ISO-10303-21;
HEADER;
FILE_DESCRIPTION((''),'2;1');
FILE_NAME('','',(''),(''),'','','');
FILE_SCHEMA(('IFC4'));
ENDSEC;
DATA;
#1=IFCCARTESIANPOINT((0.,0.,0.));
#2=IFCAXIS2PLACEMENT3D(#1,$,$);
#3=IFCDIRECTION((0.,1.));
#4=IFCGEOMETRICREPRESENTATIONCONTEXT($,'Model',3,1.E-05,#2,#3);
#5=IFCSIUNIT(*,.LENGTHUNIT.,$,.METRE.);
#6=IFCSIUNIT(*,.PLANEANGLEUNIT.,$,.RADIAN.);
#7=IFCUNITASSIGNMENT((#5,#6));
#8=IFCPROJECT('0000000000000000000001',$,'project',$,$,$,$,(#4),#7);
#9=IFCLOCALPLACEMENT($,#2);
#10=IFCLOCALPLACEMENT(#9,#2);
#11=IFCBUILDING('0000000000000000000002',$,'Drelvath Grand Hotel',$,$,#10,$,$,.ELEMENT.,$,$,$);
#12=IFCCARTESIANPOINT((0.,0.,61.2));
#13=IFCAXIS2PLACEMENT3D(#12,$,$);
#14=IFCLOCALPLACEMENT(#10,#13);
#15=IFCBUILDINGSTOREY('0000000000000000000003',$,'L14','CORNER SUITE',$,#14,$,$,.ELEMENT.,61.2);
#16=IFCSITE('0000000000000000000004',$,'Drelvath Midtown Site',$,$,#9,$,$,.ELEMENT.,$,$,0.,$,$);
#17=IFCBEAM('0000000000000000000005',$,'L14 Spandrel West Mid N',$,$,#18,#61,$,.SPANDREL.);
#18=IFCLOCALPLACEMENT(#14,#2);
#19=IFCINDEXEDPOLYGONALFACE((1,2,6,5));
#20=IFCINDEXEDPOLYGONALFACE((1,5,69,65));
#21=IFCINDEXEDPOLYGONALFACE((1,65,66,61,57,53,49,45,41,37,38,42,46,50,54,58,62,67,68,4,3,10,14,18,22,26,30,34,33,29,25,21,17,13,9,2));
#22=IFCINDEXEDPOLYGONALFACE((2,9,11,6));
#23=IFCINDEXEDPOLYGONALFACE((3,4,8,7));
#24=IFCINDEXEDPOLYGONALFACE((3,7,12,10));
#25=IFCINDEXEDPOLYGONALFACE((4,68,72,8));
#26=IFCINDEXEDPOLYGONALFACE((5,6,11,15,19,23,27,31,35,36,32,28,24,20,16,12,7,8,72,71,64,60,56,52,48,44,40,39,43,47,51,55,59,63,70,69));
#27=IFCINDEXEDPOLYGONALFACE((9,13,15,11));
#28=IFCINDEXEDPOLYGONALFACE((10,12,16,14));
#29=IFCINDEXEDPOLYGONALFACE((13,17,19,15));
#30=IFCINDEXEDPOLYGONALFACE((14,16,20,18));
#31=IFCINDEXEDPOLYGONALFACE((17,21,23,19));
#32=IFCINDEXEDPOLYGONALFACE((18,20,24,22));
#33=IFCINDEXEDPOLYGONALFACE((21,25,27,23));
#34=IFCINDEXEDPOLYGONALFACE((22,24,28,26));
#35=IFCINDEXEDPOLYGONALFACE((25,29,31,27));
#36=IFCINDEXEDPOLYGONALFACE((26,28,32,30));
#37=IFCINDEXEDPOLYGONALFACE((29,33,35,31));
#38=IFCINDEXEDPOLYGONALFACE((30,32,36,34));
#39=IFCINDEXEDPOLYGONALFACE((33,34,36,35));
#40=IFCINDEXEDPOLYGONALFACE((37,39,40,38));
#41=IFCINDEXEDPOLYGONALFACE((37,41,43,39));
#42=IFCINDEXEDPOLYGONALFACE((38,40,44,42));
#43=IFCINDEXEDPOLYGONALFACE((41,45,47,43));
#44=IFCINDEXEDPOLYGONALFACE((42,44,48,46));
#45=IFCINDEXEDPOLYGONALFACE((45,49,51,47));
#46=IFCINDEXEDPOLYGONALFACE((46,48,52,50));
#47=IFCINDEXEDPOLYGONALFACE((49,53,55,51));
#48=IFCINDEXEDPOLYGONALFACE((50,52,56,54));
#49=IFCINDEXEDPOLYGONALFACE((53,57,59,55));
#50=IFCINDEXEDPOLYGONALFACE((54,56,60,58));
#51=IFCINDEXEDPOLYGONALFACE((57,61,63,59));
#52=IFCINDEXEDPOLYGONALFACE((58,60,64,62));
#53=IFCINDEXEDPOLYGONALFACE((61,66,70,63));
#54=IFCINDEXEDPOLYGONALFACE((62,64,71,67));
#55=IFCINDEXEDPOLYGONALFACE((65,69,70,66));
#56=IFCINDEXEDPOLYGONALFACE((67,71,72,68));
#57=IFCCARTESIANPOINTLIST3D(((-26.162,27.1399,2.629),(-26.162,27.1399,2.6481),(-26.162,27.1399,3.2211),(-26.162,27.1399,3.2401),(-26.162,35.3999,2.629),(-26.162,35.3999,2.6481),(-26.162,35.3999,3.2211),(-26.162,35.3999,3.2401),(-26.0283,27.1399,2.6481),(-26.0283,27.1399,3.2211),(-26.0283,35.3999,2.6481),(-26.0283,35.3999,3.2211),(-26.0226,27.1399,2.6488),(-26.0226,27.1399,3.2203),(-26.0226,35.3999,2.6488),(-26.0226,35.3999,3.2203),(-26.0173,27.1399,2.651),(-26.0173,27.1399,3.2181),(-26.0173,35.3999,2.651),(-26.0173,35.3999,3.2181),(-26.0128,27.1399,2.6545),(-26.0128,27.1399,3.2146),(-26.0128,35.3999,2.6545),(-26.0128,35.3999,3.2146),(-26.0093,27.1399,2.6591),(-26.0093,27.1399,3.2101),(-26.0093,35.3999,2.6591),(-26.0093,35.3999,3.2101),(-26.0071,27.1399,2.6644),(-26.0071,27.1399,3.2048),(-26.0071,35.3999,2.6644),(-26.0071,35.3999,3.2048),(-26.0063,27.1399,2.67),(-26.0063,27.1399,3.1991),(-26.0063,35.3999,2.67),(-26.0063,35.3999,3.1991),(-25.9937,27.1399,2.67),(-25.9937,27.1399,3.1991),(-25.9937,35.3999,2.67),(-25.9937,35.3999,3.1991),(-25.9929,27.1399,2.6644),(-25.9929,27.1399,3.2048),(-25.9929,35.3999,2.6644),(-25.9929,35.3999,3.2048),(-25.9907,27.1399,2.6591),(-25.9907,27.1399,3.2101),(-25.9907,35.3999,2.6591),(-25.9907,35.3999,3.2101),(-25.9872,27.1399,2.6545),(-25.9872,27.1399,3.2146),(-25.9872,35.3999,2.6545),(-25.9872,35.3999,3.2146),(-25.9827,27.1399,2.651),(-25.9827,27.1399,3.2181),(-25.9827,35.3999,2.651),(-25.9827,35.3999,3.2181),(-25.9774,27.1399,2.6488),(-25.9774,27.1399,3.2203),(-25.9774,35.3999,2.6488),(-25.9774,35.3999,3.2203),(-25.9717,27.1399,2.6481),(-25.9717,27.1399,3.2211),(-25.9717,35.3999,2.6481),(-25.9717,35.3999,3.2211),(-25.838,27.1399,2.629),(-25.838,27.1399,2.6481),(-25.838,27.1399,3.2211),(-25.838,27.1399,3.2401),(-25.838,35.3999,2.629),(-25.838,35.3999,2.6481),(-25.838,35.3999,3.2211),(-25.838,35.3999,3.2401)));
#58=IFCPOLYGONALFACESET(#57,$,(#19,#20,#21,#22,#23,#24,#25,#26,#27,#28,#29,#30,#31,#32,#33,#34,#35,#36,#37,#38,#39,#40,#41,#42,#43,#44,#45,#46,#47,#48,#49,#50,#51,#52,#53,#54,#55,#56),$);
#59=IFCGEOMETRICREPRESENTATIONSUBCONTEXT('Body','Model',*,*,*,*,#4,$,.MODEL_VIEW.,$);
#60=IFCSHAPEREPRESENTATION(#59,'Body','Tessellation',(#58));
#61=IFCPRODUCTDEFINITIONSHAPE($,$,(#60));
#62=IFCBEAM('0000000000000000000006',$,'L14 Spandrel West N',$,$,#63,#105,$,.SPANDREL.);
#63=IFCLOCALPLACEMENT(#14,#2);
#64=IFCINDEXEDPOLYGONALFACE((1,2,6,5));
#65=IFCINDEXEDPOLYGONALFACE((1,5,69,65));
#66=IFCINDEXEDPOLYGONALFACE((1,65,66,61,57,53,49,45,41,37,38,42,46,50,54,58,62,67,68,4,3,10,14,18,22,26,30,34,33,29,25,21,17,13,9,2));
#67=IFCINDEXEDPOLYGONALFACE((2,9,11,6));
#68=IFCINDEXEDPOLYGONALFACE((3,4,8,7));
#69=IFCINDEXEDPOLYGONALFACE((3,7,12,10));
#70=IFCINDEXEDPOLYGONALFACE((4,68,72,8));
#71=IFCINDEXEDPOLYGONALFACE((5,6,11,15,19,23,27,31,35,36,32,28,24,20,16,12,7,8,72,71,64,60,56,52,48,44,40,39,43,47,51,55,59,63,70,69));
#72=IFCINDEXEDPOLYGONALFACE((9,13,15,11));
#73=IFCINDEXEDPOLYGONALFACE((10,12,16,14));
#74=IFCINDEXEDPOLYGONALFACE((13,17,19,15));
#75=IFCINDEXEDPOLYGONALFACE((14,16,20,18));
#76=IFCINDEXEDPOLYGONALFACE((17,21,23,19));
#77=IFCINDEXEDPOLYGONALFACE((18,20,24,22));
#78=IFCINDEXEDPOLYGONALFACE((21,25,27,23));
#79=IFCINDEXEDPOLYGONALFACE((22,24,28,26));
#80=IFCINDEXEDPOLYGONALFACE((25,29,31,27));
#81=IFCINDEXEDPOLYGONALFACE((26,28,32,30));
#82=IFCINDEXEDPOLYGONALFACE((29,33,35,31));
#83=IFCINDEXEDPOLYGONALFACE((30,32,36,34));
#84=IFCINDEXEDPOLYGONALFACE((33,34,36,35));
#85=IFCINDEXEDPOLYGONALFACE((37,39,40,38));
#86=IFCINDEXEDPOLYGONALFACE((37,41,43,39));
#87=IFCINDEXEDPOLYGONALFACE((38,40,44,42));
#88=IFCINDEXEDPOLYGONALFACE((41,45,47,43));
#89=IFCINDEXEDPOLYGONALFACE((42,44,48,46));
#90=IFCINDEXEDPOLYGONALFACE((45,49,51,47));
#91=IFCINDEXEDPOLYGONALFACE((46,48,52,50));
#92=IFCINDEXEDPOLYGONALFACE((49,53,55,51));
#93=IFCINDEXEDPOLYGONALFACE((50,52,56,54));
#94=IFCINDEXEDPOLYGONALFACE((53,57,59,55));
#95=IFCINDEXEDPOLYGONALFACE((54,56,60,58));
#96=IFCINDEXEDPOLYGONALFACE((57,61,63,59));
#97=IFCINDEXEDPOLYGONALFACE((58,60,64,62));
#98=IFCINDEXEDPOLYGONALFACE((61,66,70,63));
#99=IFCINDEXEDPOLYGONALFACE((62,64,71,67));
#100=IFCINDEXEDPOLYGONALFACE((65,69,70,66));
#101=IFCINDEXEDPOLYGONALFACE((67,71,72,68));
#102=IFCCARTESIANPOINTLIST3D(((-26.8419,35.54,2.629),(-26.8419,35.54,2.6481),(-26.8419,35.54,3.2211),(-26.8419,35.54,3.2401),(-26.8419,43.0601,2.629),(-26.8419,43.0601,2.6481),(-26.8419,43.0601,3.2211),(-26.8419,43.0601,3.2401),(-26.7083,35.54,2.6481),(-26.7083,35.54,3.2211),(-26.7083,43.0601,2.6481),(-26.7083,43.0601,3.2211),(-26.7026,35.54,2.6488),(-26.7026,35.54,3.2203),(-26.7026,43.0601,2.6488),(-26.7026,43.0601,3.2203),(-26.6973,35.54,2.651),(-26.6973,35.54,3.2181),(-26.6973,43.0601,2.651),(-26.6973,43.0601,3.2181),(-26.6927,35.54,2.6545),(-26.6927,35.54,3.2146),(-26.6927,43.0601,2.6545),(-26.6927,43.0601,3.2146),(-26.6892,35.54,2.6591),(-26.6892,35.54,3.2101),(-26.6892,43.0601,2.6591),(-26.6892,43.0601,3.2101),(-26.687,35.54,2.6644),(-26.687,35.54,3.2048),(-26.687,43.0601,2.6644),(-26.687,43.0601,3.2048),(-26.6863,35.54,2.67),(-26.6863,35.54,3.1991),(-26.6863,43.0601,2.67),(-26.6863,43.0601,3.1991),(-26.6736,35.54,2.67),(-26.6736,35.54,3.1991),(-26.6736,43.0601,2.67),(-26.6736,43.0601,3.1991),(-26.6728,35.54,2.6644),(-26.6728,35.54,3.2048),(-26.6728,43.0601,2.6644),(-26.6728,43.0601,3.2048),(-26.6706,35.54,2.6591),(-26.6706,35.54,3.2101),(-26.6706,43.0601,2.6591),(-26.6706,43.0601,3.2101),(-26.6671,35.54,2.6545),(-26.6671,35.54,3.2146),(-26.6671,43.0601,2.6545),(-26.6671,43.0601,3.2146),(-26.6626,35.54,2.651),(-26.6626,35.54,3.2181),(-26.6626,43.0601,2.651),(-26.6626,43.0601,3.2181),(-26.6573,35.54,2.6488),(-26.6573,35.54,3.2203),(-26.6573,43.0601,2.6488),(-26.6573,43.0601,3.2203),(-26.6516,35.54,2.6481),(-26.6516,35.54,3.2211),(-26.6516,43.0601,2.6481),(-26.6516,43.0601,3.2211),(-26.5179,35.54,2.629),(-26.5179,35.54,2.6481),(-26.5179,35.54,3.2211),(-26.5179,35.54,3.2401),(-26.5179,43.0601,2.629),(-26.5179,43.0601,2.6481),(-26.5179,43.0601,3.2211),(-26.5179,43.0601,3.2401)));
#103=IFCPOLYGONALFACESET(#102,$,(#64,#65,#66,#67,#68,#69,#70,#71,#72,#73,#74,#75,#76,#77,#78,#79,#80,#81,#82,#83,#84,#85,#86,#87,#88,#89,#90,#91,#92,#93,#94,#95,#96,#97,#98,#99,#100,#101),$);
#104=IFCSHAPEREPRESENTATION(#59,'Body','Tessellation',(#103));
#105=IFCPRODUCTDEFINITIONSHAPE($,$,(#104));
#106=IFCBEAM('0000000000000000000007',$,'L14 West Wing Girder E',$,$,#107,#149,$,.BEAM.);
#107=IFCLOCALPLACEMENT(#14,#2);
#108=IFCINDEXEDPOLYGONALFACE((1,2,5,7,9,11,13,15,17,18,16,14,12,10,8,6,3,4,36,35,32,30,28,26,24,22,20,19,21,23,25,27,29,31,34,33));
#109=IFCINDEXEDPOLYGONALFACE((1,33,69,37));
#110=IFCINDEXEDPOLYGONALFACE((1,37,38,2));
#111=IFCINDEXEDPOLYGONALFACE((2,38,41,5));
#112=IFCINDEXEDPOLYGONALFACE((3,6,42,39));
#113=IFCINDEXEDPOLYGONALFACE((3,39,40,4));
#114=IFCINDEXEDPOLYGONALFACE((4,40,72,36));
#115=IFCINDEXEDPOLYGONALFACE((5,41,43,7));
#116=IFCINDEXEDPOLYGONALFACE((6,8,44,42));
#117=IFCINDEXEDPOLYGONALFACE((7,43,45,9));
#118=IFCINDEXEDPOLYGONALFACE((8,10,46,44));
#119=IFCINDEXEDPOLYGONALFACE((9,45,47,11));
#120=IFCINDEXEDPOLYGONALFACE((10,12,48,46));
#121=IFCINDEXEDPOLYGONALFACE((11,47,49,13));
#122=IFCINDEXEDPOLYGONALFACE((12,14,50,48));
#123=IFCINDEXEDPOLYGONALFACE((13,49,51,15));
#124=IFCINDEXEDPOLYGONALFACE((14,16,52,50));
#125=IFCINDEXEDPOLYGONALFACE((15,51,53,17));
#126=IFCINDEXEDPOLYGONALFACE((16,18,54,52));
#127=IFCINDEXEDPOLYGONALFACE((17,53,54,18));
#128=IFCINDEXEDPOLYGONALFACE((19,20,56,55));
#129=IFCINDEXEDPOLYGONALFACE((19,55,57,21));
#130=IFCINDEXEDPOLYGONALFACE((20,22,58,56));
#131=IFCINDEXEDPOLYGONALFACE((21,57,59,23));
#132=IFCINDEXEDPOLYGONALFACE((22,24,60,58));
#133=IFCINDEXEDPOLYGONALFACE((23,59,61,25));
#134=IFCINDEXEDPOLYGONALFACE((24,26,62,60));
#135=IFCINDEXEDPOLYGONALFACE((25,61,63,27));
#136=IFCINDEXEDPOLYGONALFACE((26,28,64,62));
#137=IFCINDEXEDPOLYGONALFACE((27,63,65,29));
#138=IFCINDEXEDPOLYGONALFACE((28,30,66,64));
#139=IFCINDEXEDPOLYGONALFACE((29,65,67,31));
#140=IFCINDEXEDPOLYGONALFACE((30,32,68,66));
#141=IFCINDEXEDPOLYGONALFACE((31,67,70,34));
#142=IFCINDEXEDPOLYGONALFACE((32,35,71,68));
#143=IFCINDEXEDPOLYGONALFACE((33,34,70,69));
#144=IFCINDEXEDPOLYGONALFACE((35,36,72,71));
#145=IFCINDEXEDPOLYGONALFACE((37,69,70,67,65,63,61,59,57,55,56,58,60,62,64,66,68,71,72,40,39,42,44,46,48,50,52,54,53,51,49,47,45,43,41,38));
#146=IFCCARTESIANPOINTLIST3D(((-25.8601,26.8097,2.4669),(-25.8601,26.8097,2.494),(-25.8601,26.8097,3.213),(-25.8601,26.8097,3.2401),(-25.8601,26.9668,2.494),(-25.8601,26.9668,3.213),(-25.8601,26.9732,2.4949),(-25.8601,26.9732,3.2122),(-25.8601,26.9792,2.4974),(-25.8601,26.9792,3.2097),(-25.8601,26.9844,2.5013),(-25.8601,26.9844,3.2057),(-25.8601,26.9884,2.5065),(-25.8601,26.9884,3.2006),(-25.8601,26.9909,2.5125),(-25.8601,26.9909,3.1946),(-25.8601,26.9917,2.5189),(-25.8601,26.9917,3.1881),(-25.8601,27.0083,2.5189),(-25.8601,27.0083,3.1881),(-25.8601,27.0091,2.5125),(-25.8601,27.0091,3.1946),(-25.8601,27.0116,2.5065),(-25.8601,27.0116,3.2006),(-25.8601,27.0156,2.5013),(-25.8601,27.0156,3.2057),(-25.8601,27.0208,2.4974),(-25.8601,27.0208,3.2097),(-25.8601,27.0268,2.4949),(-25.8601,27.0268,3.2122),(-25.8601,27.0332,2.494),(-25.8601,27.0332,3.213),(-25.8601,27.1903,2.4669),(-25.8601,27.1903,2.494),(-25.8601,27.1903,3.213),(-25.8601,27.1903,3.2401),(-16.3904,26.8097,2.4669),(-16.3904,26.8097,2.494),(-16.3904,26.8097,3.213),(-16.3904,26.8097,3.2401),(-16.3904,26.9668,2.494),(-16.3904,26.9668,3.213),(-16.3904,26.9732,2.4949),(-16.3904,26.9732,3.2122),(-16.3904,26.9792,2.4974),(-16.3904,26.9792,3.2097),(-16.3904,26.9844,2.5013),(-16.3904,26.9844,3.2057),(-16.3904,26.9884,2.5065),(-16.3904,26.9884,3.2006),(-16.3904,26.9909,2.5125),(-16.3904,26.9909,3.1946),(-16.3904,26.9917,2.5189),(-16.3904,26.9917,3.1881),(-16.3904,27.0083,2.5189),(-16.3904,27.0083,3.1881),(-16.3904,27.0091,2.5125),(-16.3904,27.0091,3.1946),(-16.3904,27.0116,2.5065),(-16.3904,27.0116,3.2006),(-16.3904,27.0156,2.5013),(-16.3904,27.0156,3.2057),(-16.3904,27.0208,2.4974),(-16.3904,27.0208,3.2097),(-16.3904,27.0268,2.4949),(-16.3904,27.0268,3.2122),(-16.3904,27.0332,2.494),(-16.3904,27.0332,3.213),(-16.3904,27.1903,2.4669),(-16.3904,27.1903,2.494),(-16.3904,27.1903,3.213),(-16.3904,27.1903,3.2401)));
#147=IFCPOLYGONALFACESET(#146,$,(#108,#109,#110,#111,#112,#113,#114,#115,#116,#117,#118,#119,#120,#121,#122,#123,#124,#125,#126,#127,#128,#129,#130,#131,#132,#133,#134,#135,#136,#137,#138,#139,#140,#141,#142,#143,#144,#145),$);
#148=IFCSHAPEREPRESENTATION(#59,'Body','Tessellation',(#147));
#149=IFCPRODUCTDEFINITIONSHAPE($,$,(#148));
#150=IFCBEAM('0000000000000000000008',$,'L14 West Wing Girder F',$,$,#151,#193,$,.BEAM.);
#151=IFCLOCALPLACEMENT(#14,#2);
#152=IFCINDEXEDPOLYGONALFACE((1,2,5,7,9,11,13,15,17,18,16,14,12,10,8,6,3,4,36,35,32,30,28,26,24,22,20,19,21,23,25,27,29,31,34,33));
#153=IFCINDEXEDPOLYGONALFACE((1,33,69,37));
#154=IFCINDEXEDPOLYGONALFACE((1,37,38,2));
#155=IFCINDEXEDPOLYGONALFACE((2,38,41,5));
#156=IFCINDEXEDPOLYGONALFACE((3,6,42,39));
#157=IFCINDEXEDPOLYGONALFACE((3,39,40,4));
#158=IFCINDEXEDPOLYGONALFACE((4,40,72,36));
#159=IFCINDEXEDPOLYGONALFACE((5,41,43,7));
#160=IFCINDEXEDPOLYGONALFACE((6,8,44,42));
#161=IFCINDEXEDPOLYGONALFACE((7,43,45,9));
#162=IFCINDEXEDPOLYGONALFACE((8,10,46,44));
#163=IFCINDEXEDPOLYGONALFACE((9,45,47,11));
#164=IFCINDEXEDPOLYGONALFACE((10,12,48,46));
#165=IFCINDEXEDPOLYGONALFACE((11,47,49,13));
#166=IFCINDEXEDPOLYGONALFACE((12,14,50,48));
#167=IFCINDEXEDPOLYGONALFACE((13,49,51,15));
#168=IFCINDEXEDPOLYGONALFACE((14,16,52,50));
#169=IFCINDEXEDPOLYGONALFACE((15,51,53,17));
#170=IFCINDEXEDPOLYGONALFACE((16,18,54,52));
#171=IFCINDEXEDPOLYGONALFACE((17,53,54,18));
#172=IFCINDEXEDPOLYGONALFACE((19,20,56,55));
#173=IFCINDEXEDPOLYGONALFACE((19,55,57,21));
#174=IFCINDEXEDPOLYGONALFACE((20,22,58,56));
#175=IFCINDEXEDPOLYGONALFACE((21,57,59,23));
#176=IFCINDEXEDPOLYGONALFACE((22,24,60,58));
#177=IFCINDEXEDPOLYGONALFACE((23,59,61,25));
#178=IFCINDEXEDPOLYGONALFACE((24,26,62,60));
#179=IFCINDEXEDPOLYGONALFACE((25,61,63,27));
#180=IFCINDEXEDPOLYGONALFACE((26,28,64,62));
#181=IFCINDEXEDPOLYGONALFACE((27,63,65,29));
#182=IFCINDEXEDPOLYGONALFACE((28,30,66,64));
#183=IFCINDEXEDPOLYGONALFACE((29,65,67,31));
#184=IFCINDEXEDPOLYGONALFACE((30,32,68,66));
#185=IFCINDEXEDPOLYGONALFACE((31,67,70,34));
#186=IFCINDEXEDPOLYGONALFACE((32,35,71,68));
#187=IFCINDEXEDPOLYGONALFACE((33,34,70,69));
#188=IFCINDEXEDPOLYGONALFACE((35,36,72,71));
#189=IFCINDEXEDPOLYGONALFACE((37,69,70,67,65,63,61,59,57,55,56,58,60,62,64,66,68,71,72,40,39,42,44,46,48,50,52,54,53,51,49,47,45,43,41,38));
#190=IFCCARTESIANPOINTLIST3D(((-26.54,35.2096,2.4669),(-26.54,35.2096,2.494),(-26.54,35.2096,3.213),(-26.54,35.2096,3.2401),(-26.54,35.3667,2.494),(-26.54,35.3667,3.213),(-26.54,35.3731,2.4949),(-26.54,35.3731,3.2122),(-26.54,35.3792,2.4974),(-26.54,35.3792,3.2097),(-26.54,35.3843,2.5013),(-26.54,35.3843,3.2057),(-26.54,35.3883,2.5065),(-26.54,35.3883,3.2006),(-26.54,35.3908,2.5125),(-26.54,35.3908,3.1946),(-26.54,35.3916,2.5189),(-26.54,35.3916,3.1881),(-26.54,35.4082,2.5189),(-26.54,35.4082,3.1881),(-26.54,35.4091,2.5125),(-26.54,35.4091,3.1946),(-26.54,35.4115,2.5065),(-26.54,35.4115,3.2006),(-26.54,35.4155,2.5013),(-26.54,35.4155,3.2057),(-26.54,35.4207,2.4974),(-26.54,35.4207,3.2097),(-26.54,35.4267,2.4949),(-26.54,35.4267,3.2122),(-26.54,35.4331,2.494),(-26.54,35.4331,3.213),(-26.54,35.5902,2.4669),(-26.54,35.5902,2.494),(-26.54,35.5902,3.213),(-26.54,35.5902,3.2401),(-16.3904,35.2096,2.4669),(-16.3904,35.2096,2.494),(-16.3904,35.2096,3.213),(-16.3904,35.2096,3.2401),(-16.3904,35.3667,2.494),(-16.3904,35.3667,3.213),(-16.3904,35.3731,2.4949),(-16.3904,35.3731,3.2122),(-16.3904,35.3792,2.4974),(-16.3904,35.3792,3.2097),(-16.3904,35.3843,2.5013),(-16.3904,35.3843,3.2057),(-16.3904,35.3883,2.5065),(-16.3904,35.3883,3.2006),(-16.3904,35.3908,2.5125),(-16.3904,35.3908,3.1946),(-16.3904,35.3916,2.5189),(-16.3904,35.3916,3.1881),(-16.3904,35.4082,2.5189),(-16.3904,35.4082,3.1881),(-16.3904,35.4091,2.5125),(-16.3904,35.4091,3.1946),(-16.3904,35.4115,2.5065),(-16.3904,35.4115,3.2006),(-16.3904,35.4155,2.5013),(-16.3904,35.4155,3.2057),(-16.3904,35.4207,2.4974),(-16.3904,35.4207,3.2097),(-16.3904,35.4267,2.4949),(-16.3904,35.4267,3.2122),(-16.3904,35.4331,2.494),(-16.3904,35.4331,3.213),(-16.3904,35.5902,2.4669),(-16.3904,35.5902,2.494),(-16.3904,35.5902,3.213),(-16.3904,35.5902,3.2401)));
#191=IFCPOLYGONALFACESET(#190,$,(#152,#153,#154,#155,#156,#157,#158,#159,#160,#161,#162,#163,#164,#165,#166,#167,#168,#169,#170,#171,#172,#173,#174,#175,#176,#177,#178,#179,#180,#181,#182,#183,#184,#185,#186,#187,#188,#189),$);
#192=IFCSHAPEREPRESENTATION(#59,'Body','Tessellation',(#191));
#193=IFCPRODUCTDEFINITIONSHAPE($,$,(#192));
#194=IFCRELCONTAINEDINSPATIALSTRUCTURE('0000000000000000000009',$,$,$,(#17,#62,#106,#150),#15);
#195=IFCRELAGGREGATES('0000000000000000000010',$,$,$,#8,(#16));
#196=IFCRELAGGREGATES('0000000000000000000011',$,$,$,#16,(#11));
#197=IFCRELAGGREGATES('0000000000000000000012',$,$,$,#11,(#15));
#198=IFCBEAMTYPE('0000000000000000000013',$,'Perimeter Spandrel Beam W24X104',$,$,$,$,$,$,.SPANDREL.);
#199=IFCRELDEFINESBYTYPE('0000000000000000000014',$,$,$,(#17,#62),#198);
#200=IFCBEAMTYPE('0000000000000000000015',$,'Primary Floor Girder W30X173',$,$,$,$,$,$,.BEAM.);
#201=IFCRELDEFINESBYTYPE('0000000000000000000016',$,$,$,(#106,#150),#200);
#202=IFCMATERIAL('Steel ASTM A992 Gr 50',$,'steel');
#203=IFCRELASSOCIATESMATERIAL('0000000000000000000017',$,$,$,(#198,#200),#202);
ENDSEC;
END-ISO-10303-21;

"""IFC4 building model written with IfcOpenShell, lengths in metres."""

from ifc_helpers import new_model, si_unit, direction, frame, origin, origin_2d, place, context, subcontext, project, spatial, i_section, extrude, material, material_profile, profile_set, type_object, element, save


model = new_model("IFC4")

# Units and contexts
model_context = context("Model", 3, precision=1e-05, world=origin(), true_north=direction((0.0, 1.0)))
body_context = subcontext(model_context, "Body", "Model", "MODEL_VIEW")
ifc_project = project(units=[si_unit("LENGTHUNIT", "METRE"), si_unit("PLANEANGLEUNIT", "RADIAN")], contexts=[model_context])

# Site, building, storey
site_placement = place(None, origin())
site = spatial("IfcSite", under=ifc_project, at=site_placement, Name="Drelvath Midtown Site", CompositionType="ELEMENT", RefElevation=0.0)
building_placement = place(site_placement, origin())
building = spatial("IfcBuilding", under=site, at=building_placement, Name="Drelvath Grand Hotel", CompositionType="ELEMENT")
storey_placement = place(building_placement, frame((0.0, 0.0, 61.2)))
storey = spatial("IfcBuildingStorey", under=building, at=storey_placement, Name="L14", Description="CORNER SUITE", CompositionType="ELEMENT", Elevation=61.2)

# Beams
ifc_material_1 = material(Name="Steel ASTM A992 Gr 50", Category="steel")
ifc_material_profile_1 = material_profile(ifc_material_1, i_section(OverallWidth=0.324, OverallDepth=0.6111, WebThickness=0.0127, FlangeThickness=0.019, FilletRadius=0.022, at=origin_2d()), Name="W24X104")
ifc_profile_set_1 = profile_set([ifc_material_profile_1], Name="Steel ASTM A992 Gr 50")
beam_type_1 = type_object("IfcBeamType", Name="Perimeter Spandrel Beam W24X104", PredefinedType="SPANDREL", material=ifc_profile_set_1)
beam_1_placement = place(storey_placement, frame((-26.0, 27.1399, 2.9346), z_axis=(0.0, 1.0, 0.0), x_axis=(-1.0, 0.0, 0.0)))
element("IfcBeam", 1, at=beam_1_placement, inside=storey, type_object=beam_type_1, Name="L14 Spandrel West Mid N", PredefinedType="SPANDREL", context=body_context, shape_type="SweptSolid", body=[
    extrude(i_section(OverallWidth=0.324, OverallDepth=0.6111, WebThickness=0.0127, FlangeThickness=0.019, FilletRadius=0.022, at=origin_2d()), origin(), (0.0, 0.0, 1.0), 8.26),
])
beam_2_placement = place(storey_placement, frame((-26.6799, 35.54, 2.9346), z_axis=(0.0, 1.0, 0.0), x_axis=(-1.0, 0.0, 0.0)))
element("IfcBeam", 2, at=beam_2_placement, inside=storey, type_object=beam_type_1, Name="L14 Spandrel West N", PredefinedType="SPANDREL", context=body_context, shape_type="SweptSolid", body=[
    extrude(i_section(OverallWidth=0.324, OverallDepth=0.6111, WebThickness=0.0127, FlangeThickness=0.019, FilletRadius=0.022, at=origin_2d()), origin(), (0.0, 0.0, 1.0), 7.52),
])
ifc_material_profile_2 = material_profile(ifc_material_1, i_section(OverallWidth=0.3806, OverallDepth=0.7732, WebThickness=0.0166, FlangeThickness=0.0271, FilletRadius=0.0249, at=origin_2d()), Name="W30X173")
ifc_profile_set_2 = profile_set([ifc_material_profile_2], Name="Steel ASTM A992 Gr 50")
beam_type_2 = type_object("IfcBeamType", Name="Primary Floor Girder W30X173", PredefinedType="BEAM", material=ifc_profile_set_2)
beam_3_placement = place(storey_placement, frame((-25.8601, 27.0, 2.8535), z_axis=(1.0, 0.0, 0.0), x_axis=(0.0, 1.0, 0.0)))
element("IfcBeam", 3, at=beam_3_placement, inside=storey, type_object=beam_type_2, Name="L14 West Wing Girder E", PredefinedType="BEAM", context=body_context, shape_type="SweptSolid", body=[
    extrude(i_section(OverallWidth=0.3806, OverallDepth=0.7732, WebThickness=0.0166, FlangeThickness=0.0271, FilletRadius=0.0249, at=origin_2d()), origin(), (0.0, 0.0, 1.0), 9.4697),
])
beam_4_placement = place(storey_placement, frame((-26.54, 35.3999, 2.8535), z_axis=(1.0, 0.0, 0.0), x_axis=(0.0, 1.0, 0.0)))
element("IfcBeam", 4, at=beam_4_placement, inside=storey, type_object=beam_type_2, Name="L14 West Wing Girder F", PredefinedType="BEAM", context=body_context, shape_type="SweptSolid", body=[
    extrude(i_section(OverallWidth=0.3806, OverallDepth=0.7732, WebThickness=0.0166, FlangeThickness=0.0271, FilletRadius=0.0249, at=origin_2d()), origin(), (0.0, 0.0, 1.0), 10.1497),
])

save(model, "model.ifc")
